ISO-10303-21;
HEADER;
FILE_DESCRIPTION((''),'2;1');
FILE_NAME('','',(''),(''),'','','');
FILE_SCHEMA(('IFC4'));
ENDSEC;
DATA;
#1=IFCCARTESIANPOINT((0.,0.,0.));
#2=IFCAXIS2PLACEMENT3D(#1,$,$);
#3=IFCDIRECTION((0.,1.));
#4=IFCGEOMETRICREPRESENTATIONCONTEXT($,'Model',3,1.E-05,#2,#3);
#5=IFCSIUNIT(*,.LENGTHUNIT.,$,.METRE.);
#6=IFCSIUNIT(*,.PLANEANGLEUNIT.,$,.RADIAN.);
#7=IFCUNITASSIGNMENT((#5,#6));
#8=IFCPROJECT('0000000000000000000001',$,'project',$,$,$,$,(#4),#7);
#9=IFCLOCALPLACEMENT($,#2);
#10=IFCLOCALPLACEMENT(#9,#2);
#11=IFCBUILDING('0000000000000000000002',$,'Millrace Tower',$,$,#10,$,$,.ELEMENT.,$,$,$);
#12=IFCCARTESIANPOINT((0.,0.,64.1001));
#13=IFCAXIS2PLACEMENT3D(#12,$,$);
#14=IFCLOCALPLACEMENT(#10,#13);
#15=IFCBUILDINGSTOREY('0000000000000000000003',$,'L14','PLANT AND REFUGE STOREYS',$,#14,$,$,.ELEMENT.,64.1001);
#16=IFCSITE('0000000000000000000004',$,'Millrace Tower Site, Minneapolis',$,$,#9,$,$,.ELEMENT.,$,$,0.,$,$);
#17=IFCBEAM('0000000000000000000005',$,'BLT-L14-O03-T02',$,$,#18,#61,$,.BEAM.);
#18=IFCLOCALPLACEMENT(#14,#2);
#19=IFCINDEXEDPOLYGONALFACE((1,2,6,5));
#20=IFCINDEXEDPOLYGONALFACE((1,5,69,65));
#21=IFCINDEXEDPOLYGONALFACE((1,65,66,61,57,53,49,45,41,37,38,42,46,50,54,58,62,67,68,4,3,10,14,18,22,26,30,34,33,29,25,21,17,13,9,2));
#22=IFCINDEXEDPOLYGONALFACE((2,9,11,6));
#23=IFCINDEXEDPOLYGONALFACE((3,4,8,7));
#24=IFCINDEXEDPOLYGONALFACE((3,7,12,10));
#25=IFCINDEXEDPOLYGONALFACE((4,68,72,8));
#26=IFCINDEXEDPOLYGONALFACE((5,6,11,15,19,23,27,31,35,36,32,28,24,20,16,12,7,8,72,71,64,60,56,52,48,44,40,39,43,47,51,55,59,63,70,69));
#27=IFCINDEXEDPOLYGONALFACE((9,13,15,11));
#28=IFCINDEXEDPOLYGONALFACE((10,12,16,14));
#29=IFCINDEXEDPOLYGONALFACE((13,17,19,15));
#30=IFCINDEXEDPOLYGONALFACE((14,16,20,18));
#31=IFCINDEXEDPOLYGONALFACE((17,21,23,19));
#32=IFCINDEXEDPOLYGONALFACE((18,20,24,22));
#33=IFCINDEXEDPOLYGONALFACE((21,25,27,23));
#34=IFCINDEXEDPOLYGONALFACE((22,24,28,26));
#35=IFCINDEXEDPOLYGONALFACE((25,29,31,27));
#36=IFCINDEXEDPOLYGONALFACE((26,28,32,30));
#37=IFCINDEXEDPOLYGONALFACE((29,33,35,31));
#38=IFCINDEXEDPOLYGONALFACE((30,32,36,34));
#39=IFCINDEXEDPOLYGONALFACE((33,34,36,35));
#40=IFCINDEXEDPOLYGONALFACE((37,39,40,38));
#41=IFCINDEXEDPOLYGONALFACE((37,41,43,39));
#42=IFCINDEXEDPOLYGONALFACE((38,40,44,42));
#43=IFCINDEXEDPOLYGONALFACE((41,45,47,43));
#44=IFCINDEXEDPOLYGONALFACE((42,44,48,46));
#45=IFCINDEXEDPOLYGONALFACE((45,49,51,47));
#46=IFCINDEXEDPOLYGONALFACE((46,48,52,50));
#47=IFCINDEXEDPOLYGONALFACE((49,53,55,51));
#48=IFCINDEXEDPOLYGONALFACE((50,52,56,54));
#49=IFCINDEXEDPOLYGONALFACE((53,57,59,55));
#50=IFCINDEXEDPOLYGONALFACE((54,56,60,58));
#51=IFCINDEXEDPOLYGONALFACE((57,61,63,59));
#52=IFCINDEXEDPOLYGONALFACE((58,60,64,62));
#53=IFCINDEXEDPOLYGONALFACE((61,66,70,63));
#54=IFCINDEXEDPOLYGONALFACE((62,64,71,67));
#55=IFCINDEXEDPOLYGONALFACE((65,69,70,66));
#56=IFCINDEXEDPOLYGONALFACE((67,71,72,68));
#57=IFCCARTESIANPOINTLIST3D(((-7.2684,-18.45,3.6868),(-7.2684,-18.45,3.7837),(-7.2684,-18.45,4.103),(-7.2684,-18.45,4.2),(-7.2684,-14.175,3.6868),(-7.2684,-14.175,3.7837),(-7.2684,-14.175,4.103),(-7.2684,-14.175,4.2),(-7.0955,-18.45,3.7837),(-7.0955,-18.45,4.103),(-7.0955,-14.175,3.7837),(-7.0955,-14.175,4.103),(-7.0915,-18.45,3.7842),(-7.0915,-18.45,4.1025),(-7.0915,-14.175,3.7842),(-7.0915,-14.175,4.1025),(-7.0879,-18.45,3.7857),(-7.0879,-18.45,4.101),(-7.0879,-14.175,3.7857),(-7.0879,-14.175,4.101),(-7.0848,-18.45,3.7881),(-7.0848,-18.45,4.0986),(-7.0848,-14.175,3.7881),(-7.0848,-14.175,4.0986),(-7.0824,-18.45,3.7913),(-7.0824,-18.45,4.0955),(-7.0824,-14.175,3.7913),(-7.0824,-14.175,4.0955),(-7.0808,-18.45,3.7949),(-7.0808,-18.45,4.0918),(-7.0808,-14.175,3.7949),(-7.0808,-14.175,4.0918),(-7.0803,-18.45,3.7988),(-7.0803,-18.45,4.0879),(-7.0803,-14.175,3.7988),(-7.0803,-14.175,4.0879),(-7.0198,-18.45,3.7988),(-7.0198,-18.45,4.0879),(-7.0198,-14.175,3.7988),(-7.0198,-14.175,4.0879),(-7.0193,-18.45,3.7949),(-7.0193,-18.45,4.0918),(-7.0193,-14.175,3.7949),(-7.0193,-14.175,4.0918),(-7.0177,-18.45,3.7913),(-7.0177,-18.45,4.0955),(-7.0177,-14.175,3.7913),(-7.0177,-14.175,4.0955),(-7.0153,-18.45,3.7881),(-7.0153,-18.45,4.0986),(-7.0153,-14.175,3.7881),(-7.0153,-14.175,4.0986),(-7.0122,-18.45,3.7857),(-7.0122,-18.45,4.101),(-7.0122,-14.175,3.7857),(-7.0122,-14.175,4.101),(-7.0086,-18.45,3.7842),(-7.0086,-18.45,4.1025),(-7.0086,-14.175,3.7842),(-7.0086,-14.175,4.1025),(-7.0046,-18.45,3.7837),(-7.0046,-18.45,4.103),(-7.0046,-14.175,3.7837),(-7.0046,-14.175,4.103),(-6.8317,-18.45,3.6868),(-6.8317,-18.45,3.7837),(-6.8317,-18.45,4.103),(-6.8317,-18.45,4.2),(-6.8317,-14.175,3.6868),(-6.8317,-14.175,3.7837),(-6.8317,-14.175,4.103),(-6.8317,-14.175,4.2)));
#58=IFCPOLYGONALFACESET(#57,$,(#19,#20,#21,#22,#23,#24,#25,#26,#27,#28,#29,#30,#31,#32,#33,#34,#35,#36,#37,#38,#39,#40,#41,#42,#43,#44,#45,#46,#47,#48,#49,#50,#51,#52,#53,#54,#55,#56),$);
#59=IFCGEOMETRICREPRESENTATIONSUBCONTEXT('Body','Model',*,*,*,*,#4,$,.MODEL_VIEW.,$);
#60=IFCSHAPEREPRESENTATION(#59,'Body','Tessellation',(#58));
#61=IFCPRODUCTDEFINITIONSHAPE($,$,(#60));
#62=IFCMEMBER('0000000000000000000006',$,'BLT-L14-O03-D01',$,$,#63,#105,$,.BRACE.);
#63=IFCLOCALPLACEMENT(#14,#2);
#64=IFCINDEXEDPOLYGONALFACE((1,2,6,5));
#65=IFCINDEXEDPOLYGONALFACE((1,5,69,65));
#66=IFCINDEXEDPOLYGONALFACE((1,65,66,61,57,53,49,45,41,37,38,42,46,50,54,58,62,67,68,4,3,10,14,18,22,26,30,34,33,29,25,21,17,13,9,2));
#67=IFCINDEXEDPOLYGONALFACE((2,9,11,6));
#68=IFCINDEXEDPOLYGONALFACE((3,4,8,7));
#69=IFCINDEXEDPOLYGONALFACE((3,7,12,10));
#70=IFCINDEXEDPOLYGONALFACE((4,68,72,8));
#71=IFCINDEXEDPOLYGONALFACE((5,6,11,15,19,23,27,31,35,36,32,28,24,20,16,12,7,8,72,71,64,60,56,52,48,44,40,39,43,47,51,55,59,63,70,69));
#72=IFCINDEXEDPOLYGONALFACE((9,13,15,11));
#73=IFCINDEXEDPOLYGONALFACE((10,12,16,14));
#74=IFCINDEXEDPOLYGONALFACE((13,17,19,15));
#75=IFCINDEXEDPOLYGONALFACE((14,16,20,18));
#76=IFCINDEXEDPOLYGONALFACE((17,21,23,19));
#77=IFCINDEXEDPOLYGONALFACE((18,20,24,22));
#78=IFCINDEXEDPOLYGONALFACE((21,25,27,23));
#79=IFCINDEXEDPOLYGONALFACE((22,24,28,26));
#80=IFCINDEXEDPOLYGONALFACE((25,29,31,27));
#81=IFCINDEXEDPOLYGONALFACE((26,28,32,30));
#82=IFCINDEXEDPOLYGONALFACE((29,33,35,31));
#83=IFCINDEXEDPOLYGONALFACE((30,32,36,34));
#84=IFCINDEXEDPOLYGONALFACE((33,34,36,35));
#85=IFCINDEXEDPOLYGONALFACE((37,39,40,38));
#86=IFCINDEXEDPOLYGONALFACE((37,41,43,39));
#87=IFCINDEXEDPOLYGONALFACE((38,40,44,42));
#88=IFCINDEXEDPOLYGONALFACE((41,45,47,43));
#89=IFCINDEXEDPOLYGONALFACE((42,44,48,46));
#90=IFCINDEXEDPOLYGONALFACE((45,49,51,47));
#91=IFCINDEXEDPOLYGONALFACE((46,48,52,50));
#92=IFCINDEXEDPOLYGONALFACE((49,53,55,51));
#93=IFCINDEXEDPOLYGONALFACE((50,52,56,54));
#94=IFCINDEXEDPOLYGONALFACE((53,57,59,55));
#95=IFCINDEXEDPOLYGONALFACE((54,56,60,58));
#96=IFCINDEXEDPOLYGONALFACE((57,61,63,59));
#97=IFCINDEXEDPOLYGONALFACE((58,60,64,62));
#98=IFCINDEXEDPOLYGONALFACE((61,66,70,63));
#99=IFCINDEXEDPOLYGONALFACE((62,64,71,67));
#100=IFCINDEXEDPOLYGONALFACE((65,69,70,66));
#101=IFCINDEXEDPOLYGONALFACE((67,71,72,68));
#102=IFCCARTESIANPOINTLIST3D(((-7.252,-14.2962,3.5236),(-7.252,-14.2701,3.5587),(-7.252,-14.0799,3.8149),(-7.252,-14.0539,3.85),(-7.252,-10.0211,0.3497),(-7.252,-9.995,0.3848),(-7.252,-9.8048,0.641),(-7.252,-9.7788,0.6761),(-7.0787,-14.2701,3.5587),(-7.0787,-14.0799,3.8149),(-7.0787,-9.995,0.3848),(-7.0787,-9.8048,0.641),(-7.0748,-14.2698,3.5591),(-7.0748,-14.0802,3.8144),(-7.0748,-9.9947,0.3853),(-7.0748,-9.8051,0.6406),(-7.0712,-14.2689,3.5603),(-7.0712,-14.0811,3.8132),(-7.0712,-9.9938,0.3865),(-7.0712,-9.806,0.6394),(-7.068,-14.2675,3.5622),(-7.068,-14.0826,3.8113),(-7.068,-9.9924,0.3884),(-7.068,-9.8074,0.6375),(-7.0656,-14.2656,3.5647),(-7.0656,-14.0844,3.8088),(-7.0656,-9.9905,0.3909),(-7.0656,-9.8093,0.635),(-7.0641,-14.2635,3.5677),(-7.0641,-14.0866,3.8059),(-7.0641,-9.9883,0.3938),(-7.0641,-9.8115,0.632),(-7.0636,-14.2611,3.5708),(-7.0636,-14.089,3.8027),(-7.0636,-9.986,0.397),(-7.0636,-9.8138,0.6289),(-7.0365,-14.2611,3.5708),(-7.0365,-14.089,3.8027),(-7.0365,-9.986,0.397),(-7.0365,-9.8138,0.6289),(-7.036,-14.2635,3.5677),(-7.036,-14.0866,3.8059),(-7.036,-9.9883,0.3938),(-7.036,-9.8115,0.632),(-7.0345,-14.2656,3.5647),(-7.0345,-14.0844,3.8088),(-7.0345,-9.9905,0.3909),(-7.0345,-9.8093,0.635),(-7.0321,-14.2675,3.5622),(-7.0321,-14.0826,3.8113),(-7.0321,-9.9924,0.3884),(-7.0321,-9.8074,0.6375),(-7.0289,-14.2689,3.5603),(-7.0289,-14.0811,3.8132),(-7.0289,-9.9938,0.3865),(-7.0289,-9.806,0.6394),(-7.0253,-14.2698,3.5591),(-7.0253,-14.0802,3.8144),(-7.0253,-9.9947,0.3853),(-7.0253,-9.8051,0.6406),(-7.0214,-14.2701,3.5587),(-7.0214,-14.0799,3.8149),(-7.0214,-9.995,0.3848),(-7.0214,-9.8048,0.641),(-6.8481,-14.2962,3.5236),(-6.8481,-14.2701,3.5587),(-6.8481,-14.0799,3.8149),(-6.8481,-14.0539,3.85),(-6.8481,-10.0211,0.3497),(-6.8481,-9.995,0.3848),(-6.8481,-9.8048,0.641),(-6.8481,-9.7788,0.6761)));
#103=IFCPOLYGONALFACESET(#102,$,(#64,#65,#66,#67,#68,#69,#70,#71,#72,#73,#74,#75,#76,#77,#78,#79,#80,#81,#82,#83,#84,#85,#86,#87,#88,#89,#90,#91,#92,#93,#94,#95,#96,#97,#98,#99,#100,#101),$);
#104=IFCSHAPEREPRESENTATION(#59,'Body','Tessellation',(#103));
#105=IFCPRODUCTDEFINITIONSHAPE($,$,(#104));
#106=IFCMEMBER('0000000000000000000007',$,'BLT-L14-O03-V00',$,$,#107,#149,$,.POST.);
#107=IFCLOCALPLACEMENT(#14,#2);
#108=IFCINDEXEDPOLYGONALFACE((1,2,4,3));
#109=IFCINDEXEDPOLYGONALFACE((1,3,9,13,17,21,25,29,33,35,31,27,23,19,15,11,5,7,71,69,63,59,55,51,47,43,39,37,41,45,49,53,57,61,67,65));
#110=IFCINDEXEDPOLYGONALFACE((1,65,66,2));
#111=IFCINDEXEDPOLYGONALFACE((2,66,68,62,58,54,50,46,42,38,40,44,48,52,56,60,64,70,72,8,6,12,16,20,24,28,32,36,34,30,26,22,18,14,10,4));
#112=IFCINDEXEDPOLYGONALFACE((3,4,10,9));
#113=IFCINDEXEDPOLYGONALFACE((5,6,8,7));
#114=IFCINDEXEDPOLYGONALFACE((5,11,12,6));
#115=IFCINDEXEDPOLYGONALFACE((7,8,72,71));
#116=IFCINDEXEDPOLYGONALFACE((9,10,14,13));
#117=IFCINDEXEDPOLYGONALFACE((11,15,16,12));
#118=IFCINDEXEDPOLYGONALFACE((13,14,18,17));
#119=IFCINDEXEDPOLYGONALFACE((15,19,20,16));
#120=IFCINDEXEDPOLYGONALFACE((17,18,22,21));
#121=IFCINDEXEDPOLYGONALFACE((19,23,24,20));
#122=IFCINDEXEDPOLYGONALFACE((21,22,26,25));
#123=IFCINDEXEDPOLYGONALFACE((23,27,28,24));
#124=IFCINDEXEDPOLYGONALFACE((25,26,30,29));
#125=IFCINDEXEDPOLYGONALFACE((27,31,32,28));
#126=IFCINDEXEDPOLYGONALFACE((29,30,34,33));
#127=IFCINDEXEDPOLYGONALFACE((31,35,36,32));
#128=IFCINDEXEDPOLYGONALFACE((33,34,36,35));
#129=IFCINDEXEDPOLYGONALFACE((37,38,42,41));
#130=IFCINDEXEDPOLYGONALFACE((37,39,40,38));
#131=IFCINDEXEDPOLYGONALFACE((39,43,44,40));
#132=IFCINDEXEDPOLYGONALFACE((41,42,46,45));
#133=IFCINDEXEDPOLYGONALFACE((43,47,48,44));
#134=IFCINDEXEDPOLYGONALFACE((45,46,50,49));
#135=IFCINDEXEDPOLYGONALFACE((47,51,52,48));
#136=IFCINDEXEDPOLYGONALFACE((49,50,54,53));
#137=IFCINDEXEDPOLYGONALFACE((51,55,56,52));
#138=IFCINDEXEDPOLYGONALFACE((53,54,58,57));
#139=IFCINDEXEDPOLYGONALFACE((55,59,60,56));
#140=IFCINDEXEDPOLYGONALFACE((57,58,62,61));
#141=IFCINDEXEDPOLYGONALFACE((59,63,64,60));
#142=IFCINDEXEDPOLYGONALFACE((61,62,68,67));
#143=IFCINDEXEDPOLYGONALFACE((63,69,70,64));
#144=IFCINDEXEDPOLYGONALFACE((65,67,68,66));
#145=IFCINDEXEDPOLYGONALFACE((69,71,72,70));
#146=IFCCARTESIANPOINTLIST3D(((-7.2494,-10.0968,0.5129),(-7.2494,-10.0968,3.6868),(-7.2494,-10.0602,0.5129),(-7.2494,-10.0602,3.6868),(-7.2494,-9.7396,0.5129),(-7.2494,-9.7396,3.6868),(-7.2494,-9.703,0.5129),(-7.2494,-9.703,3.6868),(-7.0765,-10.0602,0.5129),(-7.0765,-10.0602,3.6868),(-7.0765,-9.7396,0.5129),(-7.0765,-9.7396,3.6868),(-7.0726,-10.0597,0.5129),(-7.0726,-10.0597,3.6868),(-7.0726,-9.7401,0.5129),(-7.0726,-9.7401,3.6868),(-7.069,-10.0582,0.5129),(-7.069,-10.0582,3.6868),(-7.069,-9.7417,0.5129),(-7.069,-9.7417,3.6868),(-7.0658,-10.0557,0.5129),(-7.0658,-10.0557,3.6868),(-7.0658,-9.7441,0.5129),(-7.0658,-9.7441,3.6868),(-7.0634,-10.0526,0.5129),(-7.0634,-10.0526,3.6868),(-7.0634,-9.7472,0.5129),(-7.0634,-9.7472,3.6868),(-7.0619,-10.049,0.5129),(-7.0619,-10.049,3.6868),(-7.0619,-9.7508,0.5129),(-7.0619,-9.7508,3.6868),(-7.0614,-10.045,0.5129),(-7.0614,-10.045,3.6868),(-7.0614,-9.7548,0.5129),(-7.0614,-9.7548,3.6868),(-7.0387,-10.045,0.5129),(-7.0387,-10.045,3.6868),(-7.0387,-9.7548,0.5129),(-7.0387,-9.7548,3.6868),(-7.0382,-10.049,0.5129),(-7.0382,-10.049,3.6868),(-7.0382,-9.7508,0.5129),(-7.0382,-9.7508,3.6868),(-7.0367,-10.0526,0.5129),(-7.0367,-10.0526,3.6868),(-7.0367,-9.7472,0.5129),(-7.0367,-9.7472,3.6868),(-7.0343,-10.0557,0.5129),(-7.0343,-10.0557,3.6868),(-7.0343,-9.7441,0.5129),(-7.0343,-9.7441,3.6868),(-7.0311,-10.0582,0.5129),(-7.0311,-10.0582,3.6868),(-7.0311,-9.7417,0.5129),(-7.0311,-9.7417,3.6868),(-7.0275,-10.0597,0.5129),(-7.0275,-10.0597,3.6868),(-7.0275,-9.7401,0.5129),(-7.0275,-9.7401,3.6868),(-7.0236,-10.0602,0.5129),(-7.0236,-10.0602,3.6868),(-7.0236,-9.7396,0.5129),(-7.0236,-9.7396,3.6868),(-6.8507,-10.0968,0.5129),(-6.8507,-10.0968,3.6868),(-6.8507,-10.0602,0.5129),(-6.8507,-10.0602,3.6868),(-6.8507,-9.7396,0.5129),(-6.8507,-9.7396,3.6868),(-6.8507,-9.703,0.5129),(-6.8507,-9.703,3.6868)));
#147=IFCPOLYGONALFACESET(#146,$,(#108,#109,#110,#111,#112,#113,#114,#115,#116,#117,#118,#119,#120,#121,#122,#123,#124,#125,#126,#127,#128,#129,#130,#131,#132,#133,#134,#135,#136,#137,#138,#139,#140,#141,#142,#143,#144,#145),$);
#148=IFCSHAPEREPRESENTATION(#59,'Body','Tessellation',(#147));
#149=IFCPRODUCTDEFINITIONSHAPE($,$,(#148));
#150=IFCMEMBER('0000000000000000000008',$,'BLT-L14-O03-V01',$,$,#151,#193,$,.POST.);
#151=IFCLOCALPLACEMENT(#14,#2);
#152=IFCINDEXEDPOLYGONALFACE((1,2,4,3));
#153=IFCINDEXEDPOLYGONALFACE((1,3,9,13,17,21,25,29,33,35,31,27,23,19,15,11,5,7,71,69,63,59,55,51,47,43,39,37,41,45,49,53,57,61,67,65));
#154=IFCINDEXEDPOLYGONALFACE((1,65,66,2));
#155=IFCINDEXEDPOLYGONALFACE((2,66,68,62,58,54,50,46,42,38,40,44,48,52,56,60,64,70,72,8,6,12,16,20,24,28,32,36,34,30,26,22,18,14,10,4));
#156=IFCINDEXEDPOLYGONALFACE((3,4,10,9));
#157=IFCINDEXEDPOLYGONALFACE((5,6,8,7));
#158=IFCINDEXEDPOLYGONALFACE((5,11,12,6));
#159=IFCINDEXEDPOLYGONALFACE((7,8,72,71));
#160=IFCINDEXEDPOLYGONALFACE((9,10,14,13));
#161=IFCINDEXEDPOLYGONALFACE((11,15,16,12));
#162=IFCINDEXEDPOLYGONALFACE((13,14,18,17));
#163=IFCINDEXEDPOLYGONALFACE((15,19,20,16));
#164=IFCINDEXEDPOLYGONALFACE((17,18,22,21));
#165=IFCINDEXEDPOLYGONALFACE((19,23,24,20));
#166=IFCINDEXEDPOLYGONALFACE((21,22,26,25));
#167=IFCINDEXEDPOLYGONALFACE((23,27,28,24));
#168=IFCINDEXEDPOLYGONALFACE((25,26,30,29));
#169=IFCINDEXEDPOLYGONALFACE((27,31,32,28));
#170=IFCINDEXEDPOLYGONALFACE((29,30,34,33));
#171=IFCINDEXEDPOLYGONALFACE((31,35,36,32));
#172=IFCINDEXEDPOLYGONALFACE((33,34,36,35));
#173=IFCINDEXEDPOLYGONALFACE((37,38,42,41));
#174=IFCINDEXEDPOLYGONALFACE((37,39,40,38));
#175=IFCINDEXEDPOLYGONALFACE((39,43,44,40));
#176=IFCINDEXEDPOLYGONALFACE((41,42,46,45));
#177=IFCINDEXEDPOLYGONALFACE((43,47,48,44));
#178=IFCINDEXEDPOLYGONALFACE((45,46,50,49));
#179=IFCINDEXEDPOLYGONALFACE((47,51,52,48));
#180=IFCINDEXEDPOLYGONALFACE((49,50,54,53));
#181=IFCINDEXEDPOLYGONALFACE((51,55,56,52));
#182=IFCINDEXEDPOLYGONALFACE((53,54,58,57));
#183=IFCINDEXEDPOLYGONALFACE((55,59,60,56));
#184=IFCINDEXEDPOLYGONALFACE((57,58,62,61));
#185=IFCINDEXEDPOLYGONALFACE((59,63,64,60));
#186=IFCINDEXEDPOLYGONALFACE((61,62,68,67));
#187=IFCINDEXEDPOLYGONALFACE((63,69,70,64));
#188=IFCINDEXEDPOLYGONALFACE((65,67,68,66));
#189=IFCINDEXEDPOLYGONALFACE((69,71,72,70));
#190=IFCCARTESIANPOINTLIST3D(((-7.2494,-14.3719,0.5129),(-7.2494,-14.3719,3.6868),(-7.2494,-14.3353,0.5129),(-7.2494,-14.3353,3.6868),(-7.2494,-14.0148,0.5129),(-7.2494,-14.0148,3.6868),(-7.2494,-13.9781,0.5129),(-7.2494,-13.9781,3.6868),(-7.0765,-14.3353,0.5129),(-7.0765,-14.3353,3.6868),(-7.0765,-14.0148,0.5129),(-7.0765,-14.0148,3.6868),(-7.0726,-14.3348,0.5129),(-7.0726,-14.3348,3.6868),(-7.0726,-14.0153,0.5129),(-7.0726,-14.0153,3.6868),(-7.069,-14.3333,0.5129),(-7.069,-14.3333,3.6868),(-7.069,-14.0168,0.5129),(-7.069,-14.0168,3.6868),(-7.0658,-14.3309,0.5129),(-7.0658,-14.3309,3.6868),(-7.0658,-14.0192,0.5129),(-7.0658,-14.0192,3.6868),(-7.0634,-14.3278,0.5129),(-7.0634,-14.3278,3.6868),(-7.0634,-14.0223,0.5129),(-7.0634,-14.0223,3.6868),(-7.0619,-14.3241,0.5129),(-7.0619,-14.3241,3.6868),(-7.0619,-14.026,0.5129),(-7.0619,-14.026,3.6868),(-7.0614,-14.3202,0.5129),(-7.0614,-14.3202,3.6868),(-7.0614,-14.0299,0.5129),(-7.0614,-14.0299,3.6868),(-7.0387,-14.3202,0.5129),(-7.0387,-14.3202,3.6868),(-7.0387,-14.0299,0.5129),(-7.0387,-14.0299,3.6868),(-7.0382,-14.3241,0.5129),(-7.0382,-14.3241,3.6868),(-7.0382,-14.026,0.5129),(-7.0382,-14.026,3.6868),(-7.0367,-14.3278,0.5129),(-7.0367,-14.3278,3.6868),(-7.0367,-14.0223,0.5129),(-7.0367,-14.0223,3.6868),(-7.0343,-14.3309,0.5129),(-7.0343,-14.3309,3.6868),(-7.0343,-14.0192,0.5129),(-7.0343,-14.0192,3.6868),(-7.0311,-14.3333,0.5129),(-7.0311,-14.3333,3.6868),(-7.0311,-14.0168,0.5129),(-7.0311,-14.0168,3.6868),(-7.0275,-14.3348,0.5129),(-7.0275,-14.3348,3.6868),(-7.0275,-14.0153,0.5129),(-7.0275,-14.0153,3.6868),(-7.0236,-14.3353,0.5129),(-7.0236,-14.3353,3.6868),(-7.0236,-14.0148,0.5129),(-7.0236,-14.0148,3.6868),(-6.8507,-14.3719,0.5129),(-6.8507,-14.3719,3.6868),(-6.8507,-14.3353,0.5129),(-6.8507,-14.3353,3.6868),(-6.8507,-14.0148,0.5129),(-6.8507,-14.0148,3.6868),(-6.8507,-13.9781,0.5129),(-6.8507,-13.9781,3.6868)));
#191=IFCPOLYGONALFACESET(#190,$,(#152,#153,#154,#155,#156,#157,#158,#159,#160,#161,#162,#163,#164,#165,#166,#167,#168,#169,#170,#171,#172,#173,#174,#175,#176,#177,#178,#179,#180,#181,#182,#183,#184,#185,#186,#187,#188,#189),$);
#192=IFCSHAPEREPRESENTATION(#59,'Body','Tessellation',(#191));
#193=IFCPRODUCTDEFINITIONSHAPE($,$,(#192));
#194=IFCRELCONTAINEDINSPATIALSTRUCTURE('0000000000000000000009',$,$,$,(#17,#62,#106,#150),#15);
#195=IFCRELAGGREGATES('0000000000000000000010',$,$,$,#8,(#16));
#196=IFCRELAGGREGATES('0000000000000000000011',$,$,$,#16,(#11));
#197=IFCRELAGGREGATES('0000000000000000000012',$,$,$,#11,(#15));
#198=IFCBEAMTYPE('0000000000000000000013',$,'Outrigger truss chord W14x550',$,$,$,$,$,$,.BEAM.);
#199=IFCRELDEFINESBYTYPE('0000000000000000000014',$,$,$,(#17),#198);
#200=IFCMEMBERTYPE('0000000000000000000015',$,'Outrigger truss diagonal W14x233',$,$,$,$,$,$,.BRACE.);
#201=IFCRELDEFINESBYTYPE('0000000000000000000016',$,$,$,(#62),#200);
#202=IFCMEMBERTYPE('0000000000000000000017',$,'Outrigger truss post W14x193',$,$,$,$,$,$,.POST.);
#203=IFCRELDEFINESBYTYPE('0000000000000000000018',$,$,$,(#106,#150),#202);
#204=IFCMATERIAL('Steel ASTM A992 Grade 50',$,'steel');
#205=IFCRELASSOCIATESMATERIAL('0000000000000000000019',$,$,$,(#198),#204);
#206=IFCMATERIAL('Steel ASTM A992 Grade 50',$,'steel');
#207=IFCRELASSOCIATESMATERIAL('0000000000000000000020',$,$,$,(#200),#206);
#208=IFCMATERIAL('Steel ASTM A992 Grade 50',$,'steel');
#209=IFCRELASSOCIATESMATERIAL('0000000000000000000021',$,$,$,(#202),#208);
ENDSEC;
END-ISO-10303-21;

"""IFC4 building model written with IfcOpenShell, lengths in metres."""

from ifc_helpers import new_model, si_unit, direction, frame, origin, origin_2d, place, context, subcontext, project, spatial, i_section, extrude, material, material_profile, profile_set, type_object, element, save


model = new_model("IFC4")

# Units and contexts
model_context = context("Model", 3, precision=1e-05, world=origin(), true_north=direction((0.0, 1.0)))
body_context = subcontext(model_context, "Body", "Model", "MODEL_VIEW")
ifc_project = project(units=[si_unit("LENGTHUNIT", "METRE"), si_unit("PLANEANGLEUNIT", "RADIAN")], contexts=[model_context])

# Site, building, storey
site_placement = place(None, origin())
site = spatial("IfcSite", under=ifc_project, at=site_placement, Name="Millrace Tower Site, Minneapolis", CompositionType="ELEMENT", RefElevation=0.0)
building_placement = place(site_placement, origin())
building = spatial("IfcBuilding", under=site, at=building_placement, Name="Millrace Tower", CompositionType="ELEMENT")
storey_placement = place(building_placement, frame((0.0, 0.0, 64.1001)))
storey = spatial("IfcBuildingStorey", under=building, at=storey_placement, Name="L14", Description="PLANT AND REFUGE STOREYS", CompositionType="ELEMENT", Elevation=64.1001)

# Beam
ifc_material_1 = material(Name="Steel ASTM A992 Grade 50", Category="steel")
ifc_material_profile_1 = material_profile(ifc_material_1, i_section(OverallWidth=0.4368, OverallDepth=0.5132, WebThickness=0.0605, FlangeThickness=0.0969, FilletRadius=0.0151, at=origin_2d()))
ifc_profile_set_1 = profile_set([ifc_material_profile_1], Name="Steel ASTM A992 Grade 50")
beam_type_1 = type_object("IfcBeamType", Name="Outrigger truss chord W14x550", PredefinedType="BEAM", material=ifc_profile_set_1)
beam_1_placement = place(storey_placement, frame((-7.05, -14.175, 3.9434), z_axis=(0.0, -1.0, 0.0), x_axis=(1.0, 0.0, 0.0)))
element("IfcBeam", 1, at=beam_1_placement, inside=storey, type_object=beam_type_1, Name="BLT-L14-O03-T02", PredefinedType="BEAM", context=body_context, shape_type="SweptSolid", body=[
    extrude(i_section(OverallWidth=0.4368, OverallDepth=0.5132, WebThickness=0.0605, FlangeThickness=0.0969, FilletRadius=0.0151, at=origin_2d()), origin(), (0.0, 0.0, 1.0), 4.2749),
])

# Members
ifc_material_2 = material(Name="Steel ASTM A992 Grade 50", Category="steel")
ifc_material_profile_2 = material_profile(ifc_material_2, i_section(OverallWidth=0.4038, OverallDepth=0.4065, WebThickness=0.0271, FlangeThickness=0.0437, FilletRadius=0.0151, at=origin_2d()))
ifc_profile_set_2 = profile_set([ifc_material_profile_2], Name="Steel ASTM A992 Grade 50")
member_type_1 = type_object("IfcMemberType", Name="Outrigger truss diagonal W14x233", PredefinedType="BRACE", material=ifc_profile_set_2)
member_placement = place(storey_placement, frame((-7.05, -9.8999, 0.5129), z_axis=(0.0, -0.802923, 0.596083), x_axis=(1.0, 0.0, 0.0)))
element("IfcMember", 2, at=member_placement, inside=storey, type_object=member_type_1, Name="BLT-L14-O03-D01", PredefinedType="BRACE", context=body_context, shape_type="SweptSolid", body=[
    extrude(i_section(OverallWidth=0.4038, OverallDepth=0.4065, WebThickness=0.0271, FlangeThickness=0.0437, FilletRadius=0.0151, at=origin_2d()), origin(), (0.0, 0.0, 1.0), 5.3245),
])
ifc_material_3 = material(Name="Steel ASTM A992 Grade 50", Category="steel")
ifc_material_profile_3 = material_profile(ifc_material_3, i_section(OverallWidth=0.3987, OverallDepth=0.3938, WebThickness=0.0227, FlangeThickness=0.0366, FilletRadius=0.0151, at=origin_2d()))
ifc_profile_set_3 = profile_set([ifc_material_profile_3], Name="Steel ASTM A992 Grade 50")
member_type_2 = type_object("IfcMemberType", Name="Outrigger truss post W14x193", PredefinedType="POST", material=ifc_profile_set_3)
for number, where, z_axis, x_axis, name in (
    (3, (-7.05, -9.8999, 0.5129), (0.0, 0.0, 1.0), (1.0, 0.0, 0.0), "BLT-L14-O03-V00"),
    (4, (-7.05, -14.175, 0.5129), (0.0, 0.0, 1.0), (1.0, 0.0, 0.0), "BLT-L14-O03-V01"),
):
    element("IfcMember", number, at=place(storey_placement, frame(where, z_axis=z_axis, x_axis=x_axis)), inside=storey, type_object=member_type_2, Name=name, PredefinedType="POST", context=body_context, shape_type="SweptSolid", body=[
        extrude(i_section(OverallWidth=0.3987, OverallDepth=0.3938, WebThickness=0.0227, FlangeThickness=0.0366, FilletRadius=0.0151, at=origin_2d()), origin(), (0.0, 0.0, 1.0), 3.1738),
    ])

save(model, "model.ifc")
